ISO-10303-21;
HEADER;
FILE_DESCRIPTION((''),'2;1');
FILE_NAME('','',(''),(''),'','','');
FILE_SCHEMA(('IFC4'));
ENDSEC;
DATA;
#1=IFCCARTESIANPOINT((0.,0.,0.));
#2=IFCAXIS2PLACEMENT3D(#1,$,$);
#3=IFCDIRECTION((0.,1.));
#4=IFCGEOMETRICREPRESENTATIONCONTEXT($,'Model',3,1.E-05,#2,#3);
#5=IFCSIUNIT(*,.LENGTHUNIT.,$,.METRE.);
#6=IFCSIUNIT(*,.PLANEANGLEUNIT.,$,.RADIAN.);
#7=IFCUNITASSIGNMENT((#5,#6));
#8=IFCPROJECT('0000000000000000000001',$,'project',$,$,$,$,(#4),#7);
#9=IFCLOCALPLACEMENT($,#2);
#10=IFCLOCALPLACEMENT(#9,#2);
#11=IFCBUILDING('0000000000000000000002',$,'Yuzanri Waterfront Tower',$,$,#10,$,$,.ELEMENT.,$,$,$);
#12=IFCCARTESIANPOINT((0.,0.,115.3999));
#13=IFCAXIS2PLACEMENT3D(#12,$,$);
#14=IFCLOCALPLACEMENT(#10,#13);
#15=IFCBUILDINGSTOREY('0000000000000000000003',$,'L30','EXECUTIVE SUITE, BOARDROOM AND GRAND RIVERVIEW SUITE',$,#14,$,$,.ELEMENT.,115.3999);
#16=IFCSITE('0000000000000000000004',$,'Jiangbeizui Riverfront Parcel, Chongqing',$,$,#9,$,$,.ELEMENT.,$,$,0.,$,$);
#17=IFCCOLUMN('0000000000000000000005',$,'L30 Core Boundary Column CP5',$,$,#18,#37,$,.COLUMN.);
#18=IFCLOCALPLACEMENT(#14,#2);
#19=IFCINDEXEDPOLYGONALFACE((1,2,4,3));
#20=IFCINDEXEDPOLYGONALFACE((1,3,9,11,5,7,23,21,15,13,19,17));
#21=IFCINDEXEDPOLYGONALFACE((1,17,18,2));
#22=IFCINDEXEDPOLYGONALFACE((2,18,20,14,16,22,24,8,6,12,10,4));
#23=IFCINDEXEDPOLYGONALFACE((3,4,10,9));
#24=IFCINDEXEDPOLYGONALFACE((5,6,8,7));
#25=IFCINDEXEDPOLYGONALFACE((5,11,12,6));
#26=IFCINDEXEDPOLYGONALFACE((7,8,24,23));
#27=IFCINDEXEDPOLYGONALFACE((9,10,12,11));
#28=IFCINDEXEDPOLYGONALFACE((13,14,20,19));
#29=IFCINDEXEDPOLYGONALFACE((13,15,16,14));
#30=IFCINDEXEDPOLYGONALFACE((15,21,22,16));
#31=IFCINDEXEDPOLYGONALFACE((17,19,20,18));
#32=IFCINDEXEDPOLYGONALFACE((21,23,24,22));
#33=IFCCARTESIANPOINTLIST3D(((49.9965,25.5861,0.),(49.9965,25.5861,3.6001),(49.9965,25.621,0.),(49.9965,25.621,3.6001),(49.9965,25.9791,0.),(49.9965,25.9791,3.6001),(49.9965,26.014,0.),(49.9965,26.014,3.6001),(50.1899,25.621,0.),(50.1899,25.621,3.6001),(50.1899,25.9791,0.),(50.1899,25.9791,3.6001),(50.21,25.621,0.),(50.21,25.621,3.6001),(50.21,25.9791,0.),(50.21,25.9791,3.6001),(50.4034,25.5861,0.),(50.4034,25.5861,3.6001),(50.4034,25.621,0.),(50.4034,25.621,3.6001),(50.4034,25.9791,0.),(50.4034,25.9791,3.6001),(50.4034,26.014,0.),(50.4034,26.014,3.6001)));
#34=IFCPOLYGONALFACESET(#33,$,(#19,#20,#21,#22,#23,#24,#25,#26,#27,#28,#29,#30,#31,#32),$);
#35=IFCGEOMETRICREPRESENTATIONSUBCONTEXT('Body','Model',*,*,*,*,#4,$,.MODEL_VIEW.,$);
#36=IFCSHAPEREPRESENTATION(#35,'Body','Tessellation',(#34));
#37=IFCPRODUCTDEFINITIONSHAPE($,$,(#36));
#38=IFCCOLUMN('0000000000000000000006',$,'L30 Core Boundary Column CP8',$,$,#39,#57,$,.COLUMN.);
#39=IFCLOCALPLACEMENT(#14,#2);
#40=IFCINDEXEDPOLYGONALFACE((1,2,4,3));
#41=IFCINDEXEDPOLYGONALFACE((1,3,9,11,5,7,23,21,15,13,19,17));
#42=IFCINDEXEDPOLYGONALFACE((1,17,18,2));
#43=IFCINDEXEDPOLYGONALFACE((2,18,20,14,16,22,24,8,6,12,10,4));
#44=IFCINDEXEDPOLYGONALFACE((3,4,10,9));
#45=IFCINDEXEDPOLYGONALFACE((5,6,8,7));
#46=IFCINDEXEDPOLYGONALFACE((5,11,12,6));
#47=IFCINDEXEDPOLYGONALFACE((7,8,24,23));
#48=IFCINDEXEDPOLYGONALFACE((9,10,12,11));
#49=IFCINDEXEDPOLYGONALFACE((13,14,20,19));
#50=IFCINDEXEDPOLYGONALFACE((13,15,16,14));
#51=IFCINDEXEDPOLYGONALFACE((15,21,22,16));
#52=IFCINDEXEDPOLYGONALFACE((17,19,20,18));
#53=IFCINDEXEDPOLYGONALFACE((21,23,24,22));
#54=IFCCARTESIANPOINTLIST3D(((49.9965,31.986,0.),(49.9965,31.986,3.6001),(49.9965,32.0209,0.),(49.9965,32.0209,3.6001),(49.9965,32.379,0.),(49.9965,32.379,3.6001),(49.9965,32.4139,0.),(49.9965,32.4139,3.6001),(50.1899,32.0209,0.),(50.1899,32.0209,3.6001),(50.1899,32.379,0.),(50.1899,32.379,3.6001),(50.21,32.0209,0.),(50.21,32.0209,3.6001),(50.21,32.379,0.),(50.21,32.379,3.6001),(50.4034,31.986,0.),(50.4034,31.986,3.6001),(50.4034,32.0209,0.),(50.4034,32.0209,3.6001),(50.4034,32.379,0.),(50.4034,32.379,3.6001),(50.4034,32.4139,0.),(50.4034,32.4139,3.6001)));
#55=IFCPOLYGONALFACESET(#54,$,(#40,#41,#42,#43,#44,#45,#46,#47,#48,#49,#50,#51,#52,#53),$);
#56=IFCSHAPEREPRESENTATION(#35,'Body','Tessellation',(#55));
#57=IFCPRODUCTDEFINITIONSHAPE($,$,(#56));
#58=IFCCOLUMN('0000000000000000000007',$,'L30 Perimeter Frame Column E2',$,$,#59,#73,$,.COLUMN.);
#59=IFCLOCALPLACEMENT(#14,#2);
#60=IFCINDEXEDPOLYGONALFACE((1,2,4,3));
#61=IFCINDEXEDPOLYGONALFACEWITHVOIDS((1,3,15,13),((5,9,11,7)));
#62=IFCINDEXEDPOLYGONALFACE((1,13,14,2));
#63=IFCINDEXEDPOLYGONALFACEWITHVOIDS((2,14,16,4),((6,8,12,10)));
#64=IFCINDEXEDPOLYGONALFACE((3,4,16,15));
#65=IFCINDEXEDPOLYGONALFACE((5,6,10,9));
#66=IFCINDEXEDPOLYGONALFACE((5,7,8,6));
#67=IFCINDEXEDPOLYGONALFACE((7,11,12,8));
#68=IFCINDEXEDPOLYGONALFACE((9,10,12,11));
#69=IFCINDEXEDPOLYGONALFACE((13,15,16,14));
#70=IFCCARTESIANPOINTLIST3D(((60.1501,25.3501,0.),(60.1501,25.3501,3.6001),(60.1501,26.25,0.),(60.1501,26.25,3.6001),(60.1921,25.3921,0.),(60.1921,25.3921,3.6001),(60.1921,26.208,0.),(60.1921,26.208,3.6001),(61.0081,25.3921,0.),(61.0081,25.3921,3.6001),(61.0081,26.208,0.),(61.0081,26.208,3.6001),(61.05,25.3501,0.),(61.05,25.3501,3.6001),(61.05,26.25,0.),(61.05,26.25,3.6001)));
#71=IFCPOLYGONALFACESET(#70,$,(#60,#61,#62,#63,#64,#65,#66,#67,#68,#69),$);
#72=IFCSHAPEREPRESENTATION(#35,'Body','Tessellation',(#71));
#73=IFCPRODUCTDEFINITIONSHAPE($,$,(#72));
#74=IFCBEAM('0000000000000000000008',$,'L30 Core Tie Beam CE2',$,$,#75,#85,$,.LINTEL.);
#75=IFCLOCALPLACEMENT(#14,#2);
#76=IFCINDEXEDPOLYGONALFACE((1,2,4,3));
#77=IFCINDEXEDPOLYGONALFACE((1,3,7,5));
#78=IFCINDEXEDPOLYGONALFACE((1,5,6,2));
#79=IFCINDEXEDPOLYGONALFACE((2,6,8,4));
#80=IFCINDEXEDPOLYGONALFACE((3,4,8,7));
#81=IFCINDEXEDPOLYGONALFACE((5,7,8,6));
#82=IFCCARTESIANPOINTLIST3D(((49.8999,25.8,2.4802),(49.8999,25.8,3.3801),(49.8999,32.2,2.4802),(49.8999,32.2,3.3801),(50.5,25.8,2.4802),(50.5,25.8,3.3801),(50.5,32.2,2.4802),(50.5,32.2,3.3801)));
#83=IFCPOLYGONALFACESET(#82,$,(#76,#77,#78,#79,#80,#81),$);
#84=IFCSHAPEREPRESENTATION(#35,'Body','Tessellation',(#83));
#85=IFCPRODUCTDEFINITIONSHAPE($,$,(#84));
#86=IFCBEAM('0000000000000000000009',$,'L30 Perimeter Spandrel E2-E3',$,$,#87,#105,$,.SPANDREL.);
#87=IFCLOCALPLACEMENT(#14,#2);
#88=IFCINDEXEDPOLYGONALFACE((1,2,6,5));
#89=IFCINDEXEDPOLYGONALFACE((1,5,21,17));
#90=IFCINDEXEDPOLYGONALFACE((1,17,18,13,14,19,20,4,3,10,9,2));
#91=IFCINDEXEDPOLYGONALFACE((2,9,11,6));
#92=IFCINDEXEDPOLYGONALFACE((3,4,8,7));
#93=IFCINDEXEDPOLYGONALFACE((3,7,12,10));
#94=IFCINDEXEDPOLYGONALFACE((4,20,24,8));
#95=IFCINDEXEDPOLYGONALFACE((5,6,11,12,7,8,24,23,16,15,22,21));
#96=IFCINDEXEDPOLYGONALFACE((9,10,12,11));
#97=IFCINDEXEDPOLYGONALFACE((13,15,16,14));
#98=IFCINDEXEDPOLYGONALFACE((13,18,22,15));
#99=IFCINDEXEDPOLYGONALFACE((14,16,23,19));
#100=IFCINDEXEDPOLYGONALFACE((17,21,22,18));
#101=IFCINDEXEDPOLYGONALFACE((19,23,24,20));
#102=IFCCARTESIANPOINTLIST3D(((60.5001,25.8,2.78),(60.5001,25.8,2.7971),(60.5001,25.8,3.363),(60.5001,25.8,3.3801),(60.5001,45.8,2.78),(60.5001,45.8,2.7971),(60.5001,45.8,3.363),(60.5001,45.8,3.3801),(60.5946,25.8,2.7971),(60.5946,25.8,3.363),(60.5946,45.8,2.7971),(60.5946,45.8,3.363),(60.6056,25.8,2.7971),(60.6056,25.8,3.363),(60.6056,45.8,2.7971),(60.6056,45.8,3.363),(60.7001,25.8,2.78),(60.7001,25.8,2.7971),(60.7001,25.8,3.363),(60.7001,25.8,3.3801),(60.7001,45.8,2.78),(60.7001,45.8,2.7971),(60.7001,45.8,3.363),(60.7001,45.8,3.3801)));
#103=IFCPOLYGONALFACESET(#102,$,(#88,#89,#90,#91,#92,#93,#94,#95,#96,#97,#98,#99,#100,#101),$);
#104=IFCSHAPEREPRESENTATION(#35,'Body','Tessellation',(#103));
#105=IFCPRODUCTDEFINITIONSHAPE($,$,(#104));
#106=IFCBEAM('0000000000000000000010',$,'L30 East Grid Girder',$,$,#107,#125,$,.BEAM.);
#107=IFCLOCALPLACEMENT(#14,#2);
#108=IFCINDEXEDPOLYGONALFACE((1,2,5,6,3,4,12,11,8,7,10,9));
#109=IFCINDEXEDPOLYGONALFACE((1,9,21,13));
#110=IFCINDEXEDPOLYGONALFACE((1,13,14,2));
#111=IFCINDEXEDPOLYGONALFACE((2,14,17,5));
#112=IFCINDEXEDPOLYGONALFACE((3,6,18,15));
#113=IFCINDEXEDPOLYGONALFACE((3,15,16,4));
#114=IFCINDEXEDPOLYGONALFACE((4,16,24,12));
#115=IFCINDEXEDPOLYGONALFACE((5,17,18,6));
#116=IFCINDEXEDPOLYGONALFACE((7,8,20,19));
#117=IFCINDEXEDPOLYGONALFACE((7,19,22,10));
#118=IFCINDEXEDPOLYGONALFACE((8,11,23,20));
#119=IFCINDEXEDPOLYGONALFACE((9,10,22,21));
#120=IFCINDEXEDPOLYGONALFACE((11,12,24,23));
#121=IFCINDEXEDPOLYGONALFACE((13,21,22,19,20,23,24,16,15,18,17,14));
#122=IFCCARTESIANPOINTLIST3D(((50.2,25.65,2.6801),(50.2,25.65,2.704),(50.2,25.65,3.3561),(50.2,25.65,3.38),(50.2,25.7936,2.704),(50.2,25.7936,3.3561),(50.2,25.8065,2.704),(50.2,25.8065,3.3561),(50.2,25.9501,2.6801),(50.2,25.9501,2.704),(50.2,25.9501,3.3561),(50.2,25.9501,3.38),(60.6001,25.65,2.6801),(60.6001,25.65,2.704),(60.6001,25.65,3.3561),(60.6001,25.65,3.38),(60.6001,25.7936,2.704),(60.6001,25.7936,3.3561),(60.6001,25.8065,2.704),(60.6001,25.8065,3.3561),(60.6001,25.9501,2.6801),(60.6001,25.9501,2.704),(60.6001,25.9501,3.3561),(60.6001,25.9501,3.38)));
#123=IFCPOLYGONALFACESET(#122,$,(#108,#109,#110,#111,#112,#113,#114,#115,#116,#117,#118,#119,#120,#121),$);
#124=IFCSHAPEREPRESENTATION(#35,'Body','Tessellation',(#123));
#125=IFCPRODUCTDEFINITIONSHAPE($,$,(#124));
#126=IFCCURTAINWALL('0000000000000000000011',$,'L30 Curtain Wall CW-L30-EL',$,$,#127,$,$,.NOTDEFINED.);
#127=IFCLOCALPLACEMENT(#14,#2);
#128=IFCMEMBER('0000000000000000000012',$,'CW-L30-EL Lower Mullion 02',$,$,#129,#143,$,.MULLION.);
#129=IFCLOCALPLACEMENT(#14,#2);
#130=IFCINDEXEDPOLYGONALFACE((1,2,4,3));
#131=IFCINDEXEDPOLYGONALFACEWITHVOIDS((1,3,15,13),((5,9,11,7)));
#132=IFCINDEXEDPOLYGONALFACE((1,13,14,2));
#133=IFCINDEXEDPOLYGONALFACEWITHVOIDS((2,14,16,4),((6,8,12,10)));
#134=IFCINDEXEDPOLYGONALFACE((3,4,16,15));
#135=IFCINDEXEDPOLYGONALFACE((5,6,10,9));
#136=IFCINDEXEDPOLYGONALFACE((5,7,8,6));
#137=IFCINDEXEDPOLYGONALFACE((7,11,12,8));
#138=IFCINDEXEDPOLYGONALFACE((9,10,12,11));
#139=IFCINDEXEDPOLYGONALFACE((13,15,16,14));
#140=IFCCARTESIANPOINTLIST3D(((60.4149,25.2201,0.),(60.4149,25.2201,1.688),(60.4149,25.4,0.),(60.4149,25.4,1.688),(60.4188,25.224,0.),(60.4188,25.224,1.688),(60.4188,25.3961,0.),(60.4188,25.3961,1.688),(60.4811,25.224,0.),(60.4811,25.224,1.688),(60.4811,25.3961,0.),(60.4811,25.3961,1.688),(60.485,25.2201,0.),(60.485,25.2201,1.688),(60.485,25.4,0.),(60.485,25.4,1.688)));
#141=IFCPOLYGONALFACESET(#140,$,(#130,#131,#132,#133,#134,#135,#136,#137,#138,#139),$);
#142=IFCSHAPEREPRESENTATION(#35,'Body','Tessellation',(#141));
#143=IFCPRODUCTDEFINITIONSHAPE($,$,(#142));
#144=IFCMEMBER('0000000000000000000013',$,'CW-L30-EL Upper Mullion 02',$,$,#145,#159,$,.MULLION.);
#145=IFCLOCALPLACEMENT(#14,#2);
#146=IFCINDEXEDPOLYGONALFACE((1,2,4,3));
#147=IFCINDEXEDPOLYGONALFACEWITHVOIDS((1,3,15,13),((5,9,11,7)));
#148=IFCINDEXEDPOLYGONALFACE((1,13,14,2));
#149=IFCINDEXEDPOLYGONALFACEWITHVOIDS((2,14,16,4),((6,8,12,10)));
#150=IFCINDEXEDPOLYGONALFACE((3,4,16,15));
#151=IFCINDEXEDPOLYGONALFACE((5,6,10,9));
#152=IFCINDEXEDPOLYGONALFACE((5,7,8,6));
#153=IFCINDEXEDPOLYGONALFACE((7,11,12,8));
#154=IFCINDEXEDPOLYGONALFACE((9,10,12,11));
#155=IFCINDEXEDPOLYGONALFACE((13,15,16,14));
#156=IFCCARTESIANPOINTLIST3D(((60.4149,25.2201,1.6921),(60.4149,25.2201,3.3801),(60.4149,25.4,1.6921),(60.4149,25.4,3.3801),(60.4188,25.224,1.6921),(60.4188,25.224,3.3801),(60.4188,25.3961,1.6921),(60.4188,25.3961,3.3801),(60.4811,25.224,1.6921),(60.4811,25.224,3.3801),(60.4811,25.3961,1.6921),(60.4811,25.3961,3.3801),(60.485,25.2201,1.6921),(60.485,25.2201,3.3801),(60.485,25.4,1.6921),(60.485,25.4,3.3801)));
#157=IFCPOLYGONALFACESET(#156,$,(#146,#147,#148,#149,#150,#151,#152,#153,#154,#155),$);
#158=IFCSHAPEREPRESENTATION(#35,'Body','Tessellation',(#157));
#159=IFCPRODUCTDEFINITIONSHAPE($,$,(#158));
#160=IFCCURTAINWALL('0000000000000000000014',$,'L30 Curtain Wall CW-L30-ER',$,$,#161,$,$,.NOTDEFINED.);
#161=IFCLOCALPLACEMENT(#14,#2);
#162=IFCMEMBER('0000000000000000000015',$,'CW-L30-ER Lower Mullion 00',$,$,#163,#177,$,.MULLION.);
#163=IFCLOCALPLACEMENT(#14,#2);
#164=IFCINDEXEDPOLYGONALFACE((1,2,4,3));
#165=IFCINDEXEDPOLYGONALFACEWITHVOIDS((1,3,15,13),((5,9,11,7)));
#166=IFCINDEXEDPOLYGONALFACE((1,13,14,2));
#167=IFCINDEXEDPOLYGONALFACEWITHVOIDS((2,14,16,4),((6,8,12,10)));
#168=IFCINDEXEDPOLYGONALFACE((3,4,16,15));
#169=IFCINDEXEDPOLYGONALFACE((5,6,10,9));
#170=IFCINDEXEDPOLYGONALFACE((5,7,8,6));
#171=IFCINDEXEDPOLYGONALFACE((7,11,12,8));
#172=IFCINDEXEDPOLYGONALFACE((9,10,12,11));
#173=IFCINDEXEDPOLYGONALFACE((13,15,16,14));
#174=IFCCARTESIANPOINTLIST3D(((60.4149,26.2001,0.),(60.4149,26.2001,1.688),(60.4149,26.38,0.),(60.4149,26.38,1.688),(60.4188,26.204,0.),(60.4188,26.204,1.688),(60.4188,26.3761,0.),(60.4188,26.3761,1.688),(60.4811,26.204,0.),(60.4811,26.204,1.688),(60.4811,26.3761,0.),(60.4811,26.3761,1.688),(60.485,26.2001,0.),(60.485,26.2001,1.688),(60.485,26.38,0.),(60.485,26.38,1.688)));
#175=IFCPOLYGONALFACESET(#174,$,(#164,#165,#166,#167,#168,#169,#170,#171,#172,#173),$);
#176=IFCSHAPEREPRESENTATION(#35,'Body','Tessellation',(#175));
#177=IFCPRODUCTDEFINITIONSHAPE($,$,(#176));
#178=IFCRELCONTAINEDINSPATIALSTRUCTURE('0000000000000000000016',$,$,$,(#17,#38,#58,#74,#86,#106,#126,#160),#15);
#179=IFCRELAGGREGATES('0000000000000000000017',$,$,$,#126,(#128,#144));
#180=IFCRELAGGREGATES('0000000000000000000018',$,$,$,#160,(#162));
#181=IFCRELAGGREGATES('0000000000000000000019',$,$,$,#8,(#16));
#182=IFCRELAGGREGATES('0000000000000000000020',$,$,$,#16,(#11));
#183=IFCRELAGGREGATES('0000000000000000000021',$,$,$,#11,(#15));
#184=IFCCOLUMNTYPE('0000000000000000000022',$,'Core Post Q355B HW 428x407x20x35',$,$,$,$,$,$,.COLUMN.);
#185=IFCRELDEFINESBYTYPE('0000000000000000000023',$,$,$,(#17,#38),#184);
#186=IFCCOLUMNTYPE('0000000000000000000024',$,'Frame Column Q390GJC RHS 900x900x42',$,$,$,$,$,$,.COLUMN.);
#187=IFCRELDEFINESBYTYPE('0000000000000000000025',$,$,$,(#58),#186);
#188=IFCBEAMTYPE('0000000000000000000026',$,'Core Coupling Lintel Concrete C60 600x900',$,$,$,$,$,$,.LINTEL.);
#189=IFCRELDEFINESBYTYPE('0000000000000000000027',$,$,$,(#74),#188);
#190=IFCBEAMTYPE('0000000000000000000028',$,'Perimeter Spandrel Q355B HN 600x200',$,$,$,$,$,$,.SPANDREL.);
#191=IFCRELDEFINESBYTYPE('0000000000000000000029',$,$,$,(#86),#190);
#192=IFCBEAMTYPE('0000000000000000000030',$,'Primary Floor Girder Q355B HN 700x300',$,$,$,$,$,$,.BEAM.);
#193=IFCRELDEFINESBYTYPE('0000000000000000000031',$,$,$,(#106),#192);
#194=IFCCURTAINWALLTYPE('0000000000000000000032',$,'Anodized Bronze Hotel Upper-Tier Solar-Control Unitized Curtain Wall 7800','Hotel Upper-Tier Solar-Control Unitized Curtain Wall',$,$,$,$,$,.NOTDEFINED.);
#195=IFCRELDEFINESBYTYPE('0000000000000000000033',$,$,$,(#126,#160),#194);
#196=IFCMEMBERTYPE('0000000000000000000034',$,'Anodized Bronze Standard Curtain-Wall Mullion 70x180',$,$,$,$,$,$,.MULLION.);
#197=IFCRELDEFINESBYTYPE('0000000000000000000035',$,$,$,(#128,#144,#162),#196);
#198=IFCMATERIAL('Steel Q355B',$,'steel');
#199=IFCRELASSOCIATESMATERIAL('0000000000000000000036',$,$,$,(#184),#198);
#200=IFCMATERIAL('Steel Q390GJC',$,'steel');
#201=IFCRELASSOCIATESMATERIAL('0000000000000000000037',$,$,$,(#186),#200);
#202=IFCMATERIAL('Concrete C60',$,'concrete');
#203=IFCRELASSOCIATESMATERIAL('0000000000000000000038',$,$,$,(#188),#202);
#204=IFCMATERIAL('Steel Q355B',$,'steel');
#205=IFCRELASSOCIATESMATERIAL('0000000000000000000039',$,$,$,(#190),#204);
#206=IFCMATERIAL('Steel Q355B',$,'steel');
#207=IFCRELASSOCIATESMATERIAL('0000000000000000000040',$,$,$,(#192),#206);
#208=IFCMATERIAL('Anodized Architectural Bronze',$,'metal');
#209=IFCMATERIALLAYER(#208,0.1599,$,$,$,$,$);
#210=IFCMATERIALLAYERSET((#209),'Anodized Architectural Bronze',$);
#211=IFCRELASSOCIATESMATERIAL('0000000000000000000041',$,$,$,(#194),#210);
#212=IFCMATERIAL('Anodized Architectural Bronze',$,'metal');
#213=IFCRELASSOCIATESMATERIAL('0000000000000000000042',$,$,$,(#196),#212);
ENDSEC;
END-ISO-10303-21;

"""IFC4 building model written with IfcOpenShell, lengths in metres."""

from ifc_helpers import new_model, si_unit, direction, frame, origin, origin_2d, place, context, subcontext, project, spatial, rectangle, hollow_rectangle, i_section, extrude, source, transform, mapped, material, layer, layer_set, material_profile, profile_set, type_object, element, aggregate, save


model = new_model("IFC4")

# Units and contexts
model_context = context("Model", 3, precision=1e-05, world=origin(), true_north=direction((0.0, 1.0)))
body_context = subcontext(model_context, "Body", "Model", "MODEL_VIEW")
ifc_project = project(units=[si_unit("LENGTHUNIT", "METRE"), si_unit("PLANEANGLEUNIT", "RADIAN")], contexts=[model_context])

# Site, building, storey
site_placement = place(None, origin())
site = spatial("IfcSite", under=ifc_project, at=site_placement, Name="Jiangbeizui Riverfront Parcel, Chongqing", CompositionType="ELEMENT", RefElevation=0.0)
building_placement = place(site_placement, origin())
building = spatial("IfcBuilding", under=site, at=building_placement, Name="Yuzanri Waterfront Tower", CompositionType="ELEMENT")
storey_placement = place(building_placement, frame((0.0, 0.0, 115.3999)))
storey = spatial("IfcBuildingStorey", under=building, at=storey_placement, Name="L30", Description="EXECUTIVE SUITE, BOARDROOM AND GRAND RIVERVIEW SUITE", CompositionType="ELEMENT", Elevation=115.3999)

# Columns
ifc_material_1 = material(Name="Steel Q355B", Category="steel")
ifc_material_profile_1 = material_profile(ifc_material_1, i_section(OverallWidth=0.407, OverallDepth=0.428, WebThickness=0.02, FlangeThickness=0.0349, at=origin_2d()), Name="HW 428x407x20x35")
ifc_profile_set_1 = profile_set([ifc_material_profile_1], Name="Steel Q355B")
column_type_1 = type_object("IfcColumnType", Name="Core Post Q355B HW 428x407x20x35", PredefinedType="COLUMN", material=ifc_profile_set_1)
shared_shape_1 = source(origin(), body_context, "Body", "SweptSolid", [
    extrude(i_section(OverallWidth=0.407, OverallDepth=0.428, WebThickness=0.02, FlangeThickness=0.0349, at=origin_2d()), origin(), (0.0, 0.0, 1.0), 3.6001),
])
for number, where, z_axis, x_axis, name in (
    (1, (50.2, 25.8, 0.0), (0.0, 0.0, 1.0), (1.0, 0.0, 0.0), "L30 Core Boundary Column CP5"),
    (2, (50.2, 32.2, 0.0), (0.0, 0.0, 1.0), (1.0, 0.0, 0.0), "L30 Core Boundary Column CP8"),
):
    element("IfcColumn", number, at=place(storey_placement, frame(where, z_axis=z_axis, x_axis=x_axis)), inside=storey, type_object=column_type_1, Name=name, PredefinedType="COLUMN", context=body_context, shape_type="MappedRepresentation", body=[
        mapped(shared_shape_1, transform((0.0, 0.0, 0.0), scale=1.0)),
    ])
ifc_material_2 = material(Name="Steel Q390GJC", Category="steel")
ifc_material_profile_2 = material_profile(ifc_material_2, hollow_rectangle(XDim=0.8999, YDim=0.8999, WallThickness=0.042, at=origin_2d()), Name="RHS 900x900x42")
ifc_profile_set_2 = profile_set([ifc_material_profile_2], Name="Steel Q390GJC")
column_type_2 = type_object("IfcColumnType", Name="Frame Column Q390GJC RHS 900x900x42", PredefinedType="COLUMN", material=ifc_profile_set_2)
shared_shape_2 = source(origin(), body_context, "Body", "SweptSolid", [
    extrude(hollow_rectangle(XDim=0.8999, YDim=0.8999, WallThickness=0.042, at=origin_2d()), origin(), (0.0, 0.0, 1.0), 3.6001),
])
column_placement = place(storey_placement, frame((60.6001, 25.8, 0.0), z_axis=(0.0, 0.0, 1.0), x_axis=(1.0, 0.0, 0.0)))
element("IfcColumn", 3, at=column_placement, inside=storey, type_object=column_type_2, Name="L30 Perimeter Frame Column E2", PredefinedType="COLUMN", context=body_context, shape_type="MappedRepresentation", body=[
    mapped(shared_shape_2, transform((0.0, 0.0, 0.0), scale=1.0)),
])

# Beams
ifc_material_3 = material(Name="Concrete C60", Category="concrete")
ifc_material_profile_3 = material_profile(ifc_material_3, rectangle(XDim=0.6001, YDim=0.8999, at=origin_2d()), Name="RC 600x900")
ifc_profile_set_3 = profile_set([ifc_material_profile_3], Name="Concrete C60")
beam_type_1 = type_object("IfcBeamType", Name="Core Coupling Lintel Concrete C60 600x900", PredefinedType="LINTEL", material=ifc_profile_set_3)
shared_shape_3 = source(origin(), body_context, "Body", "SweptSolid", [
    extrude(rectangle(XDim=0.6001, YDim=0.8999, at=origin_2d()), origin(), (0.0, 0.0, 1.0), 6.3999),
])
beam_1_placement = place(storey_placement, frame((50.2, 25.8, 2.9302), z_axis=(0.0, 1.0, 0.0), x_axis=(-1.0, 0.0, 0.0)))
element("IfcBeam", 4, at=beam_1_placement, inside=storey, type_object=beam_type_1, Name="L30 Core Tie Beam CE2", PredefinedType="LINTEL", context=body_context, shape_type="MappedRepresentation", body=[
    mapped(shared_shape_3, transform((0.0, 0.0, 0.0), scale=1.0)),
])
ifc_material_4 = material(Name="Steel Q355B", Category="steel")
ifc_material_profile_4 = material_profile(ifc_material_4, i_section(OverallWidth=0.2, OverallDepth=0.6001, WebThickness=0.011, FlangeThickness=0.0171, at=origin_2d()), Name="HN 600x200x11x17")
ifc_profile_set_4 = profile_set([ifc_material_profile_4], Name="Steel Q355B")
beam_type_2 = type_object("IfcBeamType", Name="Perimeter Spandrel Q355B HN 600x200", PredefinedType="SPANDREL", material=ifc_profile_set_4)
shared_shape_4 = source(origin(), body_context, "Body", "SweptSolid", [
    extrude(i_section(OverallWidth=0.2, OverallDepth=0.6001, WebThickness=0.011, FlangeThickness=0.0171, at=origin_2d()), origin(), (0.0, 0.0, 1.0), 20.0),
])
beam_2_placement = place(storey_placement, frame((60.6001, 25.8, 3.0801), z_axis=(0.0, 1.0, 0.0), x_axis=(-1.0, 0.0, 0.0)))
element("IfcBeam", 5, at=beam_2_placement, inside=storey, type_object=beam_type_2, Name="L30 Perimeter Spandrel E2-E3", PredefinedType="SPANDREL", context=body_context, shape_type="MappedRepresentation", body=[
    mapped(shared_shape_4, transform((0.0, 0.0, 0.0), scale=1.0)),
])
ifc_material_5 = material(Name="Steel Q355B", Category="steel")
ifc_material_profile_5 = material_profile(ifc_material_5, i_section(OverallWidth=0.3, OverallDepth=0.7, WebThickness=0.0129, FlangeThickness=0.0239, at=origin_2d()), Name="HN 700x300x13x24")
ifc_profile_set_5 = profile_set([ifc_material_profile_5], Name="Steel Q355B")
beam_type_3 = type_object("IfcBeamType", Name="Primary Floor Girder Q355B HN 700x300", PredefinedType="BEAM", material=ifc_profile_set_5)
shared_shape_5 = source(origin(), body_context, "Body", "SweptSolid", [
    extrude(i_section(OverallWidth=0.3, OverallDepth=0.7, WebThickness=0.0129, FlangeThickness=0.0239, at=origin_2d()), origin(), (0.0, 0.0, 1.0), 10.4001),
])
beam_3_placement = place(storey_placement, frame((50.2, 25.8, 3.03), z_axis=(1.0, 0.0, 0.0), x_axis=(0.0, 1.0, 0.0)))
element("IfcBeam", 6, at=beam_3_placement, inside=storey, type_object=beam_type_3, Name="L30 East Grid Girder", PredefinedType="BEAM", context=body_context, shape_type="MappedRepresentation", body=[
    mapped(shared_shape_5, transform((0.0, 0.0, 0.0), scale=1.0)),
])

# Curtain wall, members
ifc_material_6 = material(Name="Anodized Architectural Bronze", Category="metal")
ifc_layer_1 = layer(ifc_material_6, 0.1599)
ifc_layer_set_1 = layer_set([ifc_layer_1], Name="Anodized Architectural Bronze")
curtain_wall_type = type_object("IfcCurtainWallType", Name="Anodized Bronze Hotel Upper-Tier Solar-Control Unitized Curtain Wall 7800", Description="Hotel Upper-Tier Solar-Control Unitized Curtain Wall", PredefinedType="NOTDEFINED", material=ifc_layer_set_1)
curtain_wall_1_placement = place(storey_placement, origin())
curtain_wall_1 = element("IfcCurtainWall", 7, at=curtain_wall_1_placement, inside=storey, type_object=curtain_wall_type, Name="L30 Curtain Wall CW-L30-EL", PredefinedType="NOTDEFINED")
ifc_material_7 = material(Name="Anodized Architectural Bronze", Category="metal")
ifc_material_profile_6 = material_profile(ifc_material_7, hollow_rectangle(XDim=0.0701, YDim=0.1799, WallThickness=0.0039, at=origin_2d()), Name="CWM 70x180")
ifc_profile_set_6 = profile_set([ifc_material_profile_6], Name="Anodized Architectural Bronze")
member_type_1 = type_object("IfcMemberType", Name="Anodized Bronze Standard Curtain-Wall Mullion 70x180", PredefinedType="MULLION", material=ifc_profile_set_6)
shared_shape_6 = source(origin(), body_context, "Body", "SweptSolid", [
    extrude(hollow_rectangle(XDim=0.0701, YDim=0.1799, WallThickness=0.0039, at=origin_2d()), origin(), (0.0, 0.0, 1.0), 1.688),
])
member_1_placement = place(storey_placement, frame((60.45, 25.3101, 0.0), z_axis=(0.0, 0.0, 1.0), x_axis=(1.0, 0.0, 0.0)))
member_1 = element("IfcMember", 8, at=member_1_placement, type_object=member_type_1, Name="CW-L30-EL Lower Mullion 02", PredefinedType="MULLION", context=body_context, shape_type="MappedRepresentation", body=[
    mapped(shared_shape_6, transform((0.0, 0.0, 0.0), scale=1.0)),
])
member_2_placement = place(storey_placement, frame((60.45, 25.3101, 1.6921), z_axis=(0.0, 0.0, 1.0), x_axis=(1.0, 0.0, 0.0)))
member_2 = element("IfcMember", 9, at=member_2_placement, type_object=member_type_1, Name="CW-L30-EL Upper Mullion 02", PredefinedType="MULLION", context=body_context, shape_type="MappedRepresentation", body=[
    mapped(shared_shape_6, transform((0.0, 0.0, 0.0), scale=1.0)),
])
aggregate(curtain_wall_1, [member_1, member_2])

# Curtain wall, member
curtain_wall_2_placement = place(storey_placement, origin())
curtain_wall_2 = element("IfcCurtainWall", 10, at=curtain_wall_2_placement, inside=storey, type_object=curtain_wall_type, Name="L30 Curtain Wall CW-L30-ER", PredefinedType="NOTDEFINED")
member_3_placement = place(storey_placement, frame((60.45, 26.29, 0.0), z_axis=(0.0, 0.0, 1.0), x_axis=(1.0, 0.0, 0.0)))
member_3 = element("IfcMember", 11, at=member_3_placement, type_object=member_type_1, Name="CW-L30-ER Lower Mullion 00", PredefinedType="MULLION", context=body_context, shape_type="MappedRepresentation", body=[
    mapped(shared_shape_6, transform((0.0, 0.0, 0.0), scale=1.0)),
])
aggregate(curtain_wall_2, [member_3])

save(model, "model.ifc")
